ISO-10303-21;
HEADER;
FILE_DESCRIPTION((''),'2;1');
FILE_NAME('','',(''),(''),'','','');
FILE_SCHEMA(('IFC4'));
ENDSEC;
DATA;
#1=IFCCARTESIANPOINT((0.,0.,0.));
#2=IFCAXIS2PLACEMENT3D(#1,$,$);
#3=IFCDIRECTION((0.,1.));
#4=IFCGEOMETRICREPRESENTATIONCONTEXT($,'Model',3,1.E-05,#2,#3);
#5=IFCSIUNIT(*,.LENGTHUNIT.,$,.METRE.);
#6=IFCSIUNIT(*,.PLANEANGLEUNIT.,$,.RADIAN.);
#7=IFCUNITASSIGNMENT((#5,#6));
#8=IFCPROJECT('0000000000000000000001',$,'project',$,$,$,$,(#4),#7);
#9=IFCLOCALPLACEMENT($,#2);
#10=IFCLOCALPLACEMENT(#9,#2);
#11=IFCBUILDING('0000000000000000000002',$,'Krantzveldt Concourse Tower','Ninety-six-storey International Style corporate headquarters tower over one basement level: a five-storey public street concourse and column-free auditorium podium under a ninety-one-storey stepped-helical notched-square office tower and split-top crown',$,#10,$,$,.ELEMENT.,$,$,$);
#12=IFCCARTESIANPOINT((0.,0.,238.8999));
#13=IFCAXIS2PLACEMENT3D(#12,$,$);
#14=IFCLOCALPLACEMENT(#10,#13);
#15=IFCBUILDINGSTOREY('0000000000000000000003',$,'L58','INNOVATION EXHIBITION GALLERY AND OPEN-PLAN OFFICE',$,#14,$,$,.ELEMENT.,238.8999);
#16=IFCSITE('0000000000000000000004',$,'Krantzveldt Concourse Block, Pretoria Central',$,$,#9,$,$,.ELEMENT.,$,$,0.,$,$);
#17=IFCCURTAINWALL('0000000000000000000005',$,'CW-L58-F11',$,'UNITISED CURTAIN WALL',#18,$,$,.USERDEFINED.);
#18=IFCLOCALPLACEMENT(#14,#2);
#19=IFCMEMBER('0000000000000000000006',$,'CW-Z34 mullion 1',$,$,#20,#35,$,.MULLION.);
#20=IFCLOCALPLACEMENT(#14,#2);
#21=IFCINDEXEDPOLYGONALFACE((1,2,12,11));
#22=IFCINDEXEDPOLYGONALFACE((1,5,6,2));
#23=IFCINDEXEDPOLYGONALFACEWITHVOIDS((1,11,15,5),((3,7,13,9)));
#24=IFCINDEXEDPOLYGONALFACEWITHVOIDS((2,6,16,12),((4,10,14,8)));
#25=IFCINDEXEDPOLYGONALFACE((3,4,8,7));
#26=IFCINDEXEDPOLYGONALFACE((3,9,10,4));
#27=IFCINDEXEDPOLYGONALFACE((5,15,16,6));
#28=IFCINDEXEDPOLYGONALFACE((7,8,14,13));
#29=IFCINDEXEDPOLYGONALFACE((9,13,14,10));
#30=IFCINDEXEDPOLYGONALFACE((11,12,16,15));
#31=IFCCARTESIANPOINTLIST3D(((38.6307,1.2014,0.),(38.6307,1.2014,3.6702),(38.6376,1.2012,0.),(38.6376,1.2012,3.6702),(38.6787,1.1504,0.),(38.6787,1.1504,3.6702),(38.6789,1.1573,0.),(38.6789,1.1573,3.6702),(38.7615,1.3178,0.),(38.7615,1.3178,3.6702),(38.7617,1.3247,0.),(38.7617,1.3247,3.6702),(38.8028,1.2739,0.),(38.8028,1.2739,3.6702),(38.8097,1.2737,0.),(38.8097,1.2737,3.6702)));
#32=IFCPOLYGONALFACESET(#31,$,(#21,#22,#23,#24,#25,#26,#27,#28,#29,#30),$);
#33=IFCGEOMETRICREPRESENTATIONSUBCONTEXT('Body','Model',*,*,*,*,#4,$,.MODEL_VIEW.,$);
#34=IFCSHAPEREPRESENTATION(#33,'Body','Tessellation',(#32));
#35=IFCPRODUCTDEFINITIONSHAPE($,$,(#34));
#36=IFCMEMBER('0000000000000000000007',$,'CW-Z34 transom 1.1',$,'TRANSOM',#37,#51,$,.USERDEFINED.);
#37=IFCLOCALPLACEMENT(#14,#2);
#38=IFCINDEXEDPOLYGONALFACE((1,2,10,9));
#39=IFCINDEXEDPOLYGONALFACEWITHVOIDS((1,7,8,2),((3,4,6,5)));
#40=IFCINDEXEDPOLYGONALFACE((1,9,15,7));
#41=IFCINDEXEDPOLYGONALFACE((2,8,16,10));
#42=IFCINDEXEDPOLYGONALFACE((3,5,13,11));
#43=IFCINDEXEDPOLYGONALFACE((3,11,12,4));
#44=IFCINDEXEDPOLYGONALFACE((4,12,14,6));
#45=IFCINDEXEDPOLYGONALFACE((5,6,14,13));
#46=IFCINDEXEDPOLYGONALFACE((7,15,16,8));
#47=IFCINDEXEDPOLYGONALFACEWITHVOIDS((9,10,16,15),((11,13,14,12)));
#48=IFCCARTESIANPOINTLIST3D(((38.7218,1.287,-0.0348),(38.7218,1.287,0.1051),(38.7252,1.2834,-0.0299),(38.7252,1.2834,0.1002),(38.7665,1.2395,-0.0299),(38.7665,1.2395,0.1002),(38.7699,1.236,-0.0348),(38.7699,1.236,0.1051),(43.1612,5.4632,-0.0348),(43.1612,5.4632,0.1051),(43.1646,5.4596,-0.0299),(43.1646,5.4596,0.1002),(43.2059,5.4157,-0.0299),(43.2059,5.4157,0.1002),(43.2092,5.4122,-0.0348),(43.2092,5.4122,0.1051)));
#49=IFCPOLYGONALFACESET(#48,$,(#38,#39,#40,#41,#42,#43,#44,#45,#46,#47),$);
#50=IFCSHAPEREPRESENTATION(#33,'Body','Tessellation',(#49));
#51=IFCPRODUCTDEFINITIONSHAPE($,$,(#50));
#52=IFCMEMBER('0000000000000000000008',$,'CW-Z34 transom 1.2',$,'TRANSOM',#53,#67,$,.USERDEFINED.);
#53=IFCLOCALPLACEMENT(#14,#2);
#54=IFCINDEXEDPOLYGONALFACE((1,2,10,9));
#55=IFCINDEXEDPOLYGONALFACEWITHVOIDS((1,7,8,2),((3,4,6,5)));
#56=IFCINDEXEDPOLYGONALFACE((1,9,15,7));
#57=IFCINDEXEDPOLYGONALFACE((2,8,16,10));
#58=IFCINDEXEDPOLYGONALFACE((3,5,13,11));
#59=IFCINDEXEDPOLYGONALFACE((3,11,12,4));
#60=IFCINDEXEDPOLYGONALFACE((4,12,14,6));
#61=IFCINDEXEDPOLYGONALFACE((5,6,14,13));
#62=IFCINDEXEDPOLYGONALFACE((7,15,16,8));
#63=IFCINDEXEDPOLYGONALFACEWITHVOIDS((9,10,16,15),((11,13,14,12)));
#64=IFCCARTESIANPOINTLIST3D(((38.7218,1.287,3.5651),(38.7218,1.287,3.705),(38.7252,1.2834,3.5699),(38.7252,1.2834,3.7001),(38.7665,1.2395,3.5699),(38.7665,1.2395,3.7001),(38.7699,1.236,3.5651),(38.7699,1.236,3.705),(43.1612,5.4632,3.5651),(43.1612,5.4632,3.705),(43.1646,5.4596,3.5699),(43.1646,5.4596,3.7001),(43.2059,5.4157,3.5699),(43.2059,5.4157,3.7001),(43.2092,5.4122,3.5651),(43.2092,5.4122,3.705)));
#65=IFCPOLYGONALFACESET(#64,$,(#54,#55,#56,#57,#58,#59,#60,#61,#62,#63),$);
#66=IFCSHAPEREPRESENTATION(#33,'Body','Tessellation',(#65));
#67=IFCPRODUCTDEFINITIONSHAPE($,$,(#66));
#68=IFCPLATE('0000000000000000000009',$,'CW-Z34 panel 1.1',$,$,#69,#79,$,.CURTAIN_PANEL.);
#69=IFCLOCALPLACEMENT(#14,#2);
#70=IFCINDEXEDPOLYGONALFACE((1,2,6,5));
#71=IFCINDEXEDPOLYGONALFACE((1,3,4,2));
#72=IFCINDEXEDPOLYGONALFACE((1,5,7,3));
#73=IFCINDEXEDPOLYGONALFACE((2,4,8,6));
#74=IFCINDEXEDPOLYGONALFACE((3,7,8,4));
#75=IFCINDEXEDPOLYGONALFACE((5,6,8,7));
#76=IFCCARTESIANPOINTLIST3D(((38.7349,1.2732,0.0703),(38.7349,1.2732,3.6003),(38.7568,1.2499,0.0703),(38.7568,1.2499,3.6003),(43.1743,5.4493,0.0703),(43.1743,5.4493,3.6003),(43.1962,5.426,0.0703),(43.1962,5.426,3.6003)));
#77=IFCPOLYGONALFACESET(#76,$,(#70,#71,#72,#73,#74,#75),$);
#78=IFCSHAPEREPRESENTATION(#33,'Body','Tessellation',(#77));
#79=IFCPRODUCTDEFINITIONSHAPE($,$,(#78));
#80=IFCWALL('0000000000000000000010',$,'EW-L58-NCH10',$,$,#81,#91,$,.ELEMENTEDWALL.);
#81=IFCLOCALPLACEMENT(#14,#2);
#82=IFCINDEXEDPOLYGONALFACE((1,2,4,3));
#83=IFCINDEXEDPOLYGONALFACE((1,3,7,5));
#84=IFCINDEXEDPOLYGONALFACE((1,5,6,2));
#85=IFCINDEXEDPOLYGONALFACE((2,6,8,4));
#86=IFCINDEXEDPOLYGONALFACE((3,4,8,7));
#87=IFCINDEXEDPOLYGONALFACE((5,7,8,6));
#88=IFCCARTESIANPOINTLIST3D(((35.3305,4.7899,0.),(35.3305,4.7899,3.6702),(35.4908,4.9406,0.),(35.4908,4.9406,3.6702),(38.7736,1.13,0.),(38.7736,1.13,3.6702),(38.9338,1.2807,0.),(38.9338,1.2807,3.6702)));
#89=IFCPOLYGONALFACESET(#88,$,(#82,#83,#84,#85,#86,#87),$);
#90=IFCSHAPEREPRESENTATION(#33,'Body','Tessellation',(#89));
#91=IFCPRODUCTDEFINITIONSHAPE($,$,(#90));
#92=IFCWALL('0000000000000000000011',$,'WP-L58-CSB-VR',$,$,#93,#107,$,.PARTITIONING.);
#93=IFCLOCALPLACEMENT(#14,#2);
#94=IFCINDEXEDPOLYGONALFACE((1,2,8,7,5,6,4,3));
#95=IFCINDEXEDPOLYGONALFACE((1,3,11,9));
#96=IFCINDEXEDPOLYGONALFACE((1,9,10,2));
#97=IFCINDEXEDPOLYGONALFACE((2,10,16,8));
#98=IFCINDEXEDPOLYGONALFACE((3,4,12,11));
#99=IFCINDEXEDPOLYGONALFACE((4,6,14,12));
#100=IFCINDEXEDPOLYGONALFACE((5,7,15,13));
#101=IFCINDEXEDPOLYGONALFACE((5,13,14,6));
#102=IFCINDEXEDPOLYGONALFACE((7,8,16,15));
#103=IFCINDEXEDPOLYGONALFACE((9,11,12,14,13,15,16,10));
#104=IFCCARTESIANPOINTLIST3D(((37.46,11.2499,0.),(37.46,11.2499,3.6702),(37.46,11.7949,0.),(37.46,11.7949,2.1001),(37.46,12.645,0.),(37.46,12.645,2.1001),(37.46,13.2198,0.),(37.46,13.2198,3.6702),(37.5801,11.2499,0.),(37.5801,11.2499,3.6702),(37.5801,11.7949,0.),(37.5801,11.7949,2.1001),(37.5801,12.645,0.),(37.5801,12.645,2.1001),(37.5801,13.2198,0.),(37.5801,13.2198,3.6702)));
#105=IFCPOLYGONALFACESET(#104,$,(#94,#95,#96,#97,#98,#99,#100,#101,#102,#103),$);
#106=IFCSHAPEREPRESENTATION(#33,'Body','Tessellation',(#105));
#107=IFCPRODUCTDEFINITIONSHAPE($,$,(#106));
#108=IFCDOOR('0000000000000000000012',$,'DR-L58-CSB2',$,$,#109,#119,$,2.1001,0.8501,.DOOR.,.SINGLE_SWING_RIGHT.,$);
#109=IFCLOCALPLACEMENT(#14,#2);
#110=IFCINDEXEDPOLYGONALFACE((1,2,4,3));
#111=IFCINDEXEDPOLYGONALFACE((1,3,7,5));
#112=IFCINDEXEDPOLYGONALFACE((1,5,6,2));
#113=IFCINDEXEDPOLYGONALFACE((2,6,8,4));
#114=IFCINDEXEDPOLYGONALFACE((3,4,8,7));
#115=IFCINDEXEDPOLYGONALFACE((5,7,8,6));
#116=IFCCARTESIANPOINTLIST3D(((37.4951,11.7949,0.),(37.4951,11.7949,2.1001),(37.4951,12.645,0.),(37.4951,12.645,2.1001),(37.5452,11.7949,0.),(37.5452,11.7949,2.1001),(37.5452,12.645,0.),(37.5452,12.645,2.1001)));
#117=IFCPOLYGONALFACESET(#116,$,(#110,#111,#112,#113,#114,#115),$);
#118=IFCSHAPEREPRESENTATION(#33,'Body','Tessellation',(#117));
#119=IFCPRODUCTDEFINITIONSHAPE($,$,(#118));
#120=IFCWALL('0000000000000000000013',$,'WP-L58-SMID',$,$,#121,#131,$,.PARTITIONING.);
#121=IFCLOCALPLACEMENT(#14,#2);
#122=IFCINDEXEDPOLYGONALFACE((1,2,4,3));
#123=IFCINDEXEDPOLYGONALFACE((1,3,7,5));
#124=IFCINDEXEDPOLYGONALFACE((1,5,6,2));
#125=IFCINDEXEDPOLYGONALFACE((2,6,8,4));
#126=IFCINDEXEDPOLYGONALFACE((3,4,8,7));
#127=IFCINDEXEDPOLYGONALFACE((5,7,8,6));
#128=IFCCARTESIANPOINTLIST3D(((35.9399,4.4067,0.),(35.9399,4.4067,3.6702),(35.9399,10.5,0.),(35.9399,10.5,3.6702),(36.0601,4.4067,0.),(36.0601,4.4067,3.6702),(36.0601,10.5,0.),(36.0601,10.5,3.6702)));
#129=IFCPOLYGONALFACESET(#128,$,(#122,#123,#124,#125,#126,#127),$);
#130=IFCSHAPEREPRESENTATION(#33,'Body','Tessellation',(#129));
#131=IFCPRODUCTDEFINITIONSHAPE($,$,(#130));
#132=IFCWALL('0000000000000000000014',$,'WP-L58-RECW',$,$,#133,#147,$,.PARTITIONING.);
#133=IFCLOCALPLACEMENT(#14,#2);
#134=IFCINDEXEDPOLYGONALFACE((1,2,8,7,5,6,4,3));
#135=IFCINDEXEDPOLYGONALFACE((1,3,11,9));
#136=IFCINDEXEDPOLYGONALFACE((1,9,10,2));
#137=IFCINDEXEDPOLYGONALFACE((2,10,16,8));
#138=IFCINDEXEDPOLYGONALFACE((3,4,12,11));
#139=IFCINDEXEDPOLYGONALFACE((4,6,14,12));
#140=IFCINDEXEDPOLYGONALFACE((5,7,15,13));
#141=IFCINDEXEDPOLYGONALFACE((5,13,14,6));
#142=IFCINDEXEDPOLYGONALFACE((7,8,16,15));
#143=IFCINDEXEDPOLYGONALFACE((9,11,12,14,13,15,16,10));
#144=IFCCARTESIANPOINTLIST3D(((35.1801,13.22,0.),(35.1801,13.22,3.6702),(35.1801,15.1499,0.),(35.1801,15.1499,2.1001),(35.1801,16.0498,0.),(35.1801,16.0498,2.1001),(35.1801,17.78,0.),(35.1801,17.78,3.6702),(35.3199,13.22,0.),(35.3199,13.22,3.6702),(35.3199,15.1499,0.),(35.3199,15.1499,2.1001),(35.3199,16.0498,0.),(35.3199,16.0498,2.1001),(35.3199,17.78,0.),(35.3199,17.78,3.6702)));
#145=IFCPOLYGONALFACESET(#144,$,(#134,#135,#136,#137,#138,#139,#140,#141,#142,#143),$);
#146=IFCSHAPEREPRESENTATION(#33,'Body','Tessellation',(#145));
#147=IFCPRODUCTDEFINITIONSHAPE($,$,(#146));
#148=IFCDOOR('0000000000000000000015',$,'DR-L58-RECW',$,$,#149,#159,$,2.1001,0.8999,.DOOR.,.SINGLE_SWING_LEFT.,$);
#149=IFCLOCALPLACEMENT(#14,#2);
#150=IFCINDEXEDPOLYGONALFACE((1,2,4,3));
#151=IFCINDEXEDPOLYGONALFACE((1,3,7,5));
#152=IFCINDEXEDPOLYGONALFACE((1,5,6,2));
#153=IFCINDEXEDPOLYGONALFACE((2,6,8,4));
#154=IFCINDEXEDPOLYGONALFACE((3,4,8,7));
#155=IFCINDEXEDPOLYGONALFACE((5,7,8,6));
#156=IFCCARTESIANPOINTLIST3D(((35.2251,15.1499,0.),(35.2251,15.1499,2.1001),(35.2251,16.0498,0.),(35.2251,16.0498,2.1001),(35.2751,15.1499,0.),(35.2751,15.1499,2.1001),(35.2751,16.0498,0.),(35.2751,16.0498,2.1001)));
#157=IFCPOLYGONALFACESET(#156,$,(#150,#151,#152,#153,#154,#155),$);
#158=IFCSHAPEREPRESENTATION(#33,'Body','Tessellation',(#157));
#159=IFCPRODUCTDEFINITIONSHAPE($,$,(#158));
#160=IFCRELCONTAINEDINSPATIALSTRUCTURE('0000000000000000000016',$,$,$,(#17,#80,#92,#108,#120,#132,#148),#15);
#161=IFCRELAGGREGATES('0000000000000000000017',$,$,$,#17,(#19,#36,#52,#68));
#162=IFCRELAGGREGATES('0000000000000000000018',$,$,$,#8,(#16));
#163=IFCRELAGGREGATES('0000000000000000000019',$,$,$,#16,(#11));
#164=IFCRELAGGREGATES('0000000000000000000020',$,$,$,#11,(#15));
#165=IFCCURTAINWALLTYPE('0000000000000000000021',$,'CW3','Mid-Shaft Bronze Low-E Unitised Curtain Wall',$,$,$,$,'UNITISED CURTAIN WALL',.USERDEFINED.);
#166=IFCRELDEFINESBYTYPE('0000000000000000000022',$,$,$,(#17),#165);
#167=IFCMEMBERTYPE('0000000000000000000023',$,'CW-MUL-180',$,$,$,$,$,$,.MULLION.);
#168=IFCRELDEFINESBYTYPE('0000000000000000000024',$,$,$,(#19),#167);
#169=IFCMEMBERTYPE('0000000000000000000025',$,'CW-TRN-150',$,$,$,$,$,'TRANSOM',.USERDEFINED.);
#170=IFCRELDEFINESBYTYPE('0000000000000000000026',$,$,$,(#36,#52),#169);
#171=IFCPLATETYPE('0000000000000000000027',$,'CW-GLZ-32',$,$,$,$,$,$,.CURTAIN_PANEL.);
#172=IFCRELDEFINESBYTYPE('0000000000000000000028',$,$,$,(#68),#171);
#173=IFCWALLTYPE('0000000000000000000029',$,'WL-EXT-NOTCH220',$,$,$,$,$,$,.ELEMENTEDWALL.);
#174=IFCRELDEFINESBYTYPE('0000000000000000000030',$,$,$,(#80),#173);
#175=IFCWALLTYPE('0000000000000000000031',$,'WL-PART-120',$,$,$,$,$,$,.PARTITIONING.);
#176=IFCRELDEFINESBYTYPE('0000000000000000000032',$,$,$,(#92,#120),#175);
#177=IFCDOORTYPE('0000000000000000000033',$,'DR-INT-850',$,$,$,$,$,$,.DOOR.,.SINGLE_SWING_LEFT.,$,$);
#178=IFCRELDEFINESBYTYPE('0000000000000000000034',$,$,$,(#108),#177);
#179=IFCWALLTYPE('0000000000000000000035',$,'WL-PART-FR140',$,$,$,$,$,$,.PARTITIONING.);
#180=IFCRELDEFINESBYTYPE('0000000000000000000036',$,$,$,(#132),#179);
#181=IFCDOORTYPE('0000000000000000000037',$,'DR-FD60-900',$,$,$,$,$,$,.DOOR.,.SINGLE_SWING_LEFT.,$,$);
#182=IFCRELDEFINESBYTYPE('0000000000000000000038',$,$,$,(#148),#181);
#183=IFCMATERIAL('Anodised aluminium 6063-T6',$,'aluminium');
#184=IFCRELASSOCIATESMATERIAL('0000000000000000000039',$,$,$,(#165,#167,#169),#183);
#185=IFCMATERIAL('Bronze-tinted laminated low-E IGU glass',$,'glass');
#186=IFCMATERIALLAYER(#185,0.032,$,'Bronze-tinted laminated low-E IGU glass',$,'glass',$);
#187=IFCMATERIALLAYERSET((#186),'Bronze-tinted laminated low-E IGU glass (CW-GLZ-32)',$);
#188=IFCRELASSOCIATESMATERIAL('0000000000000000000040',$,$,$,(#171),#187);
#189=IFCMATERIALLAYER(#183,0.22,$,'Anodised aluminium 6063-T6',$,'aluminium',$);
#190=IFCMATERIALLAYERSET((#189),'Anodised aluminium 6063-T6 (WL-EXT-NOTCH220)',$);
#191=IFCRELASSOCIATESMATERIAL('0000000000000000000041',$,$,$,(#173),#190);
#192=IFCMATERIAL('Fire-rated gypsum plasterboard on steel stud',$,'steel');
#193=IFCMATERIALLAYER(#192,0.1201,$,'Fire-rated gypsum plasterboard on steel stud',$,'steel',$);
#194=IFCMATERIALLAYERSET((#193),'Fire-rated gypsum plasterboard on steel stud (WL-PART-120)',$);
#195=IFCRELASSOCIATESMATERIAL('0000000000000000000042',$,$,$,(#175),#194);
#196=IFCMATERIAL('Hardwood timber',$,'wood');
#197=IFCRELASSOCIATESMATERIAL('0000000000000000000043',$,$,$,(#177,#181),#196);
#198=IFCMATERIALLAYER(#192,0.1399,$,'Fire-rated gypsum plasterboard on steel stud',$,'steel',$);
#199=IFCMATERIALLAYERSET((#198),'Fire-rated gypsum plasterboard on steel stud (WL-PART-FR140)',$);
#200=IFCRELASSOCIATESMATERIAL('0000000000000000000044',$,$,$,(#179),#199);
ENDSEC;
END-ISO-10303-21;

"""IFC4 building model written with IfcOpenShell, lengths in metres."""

from ifc_helpers import new_model, si_unit, direction, frame, frame_2d, origin, origin_2d, place, context, subcontext, project, spatial, rectangle, hollow_rectangle, extrude, source, transform, mapped, material, layer, layer_set, material_profile, profile_set, type_object, type_shapes, element, fill, aggregate, save


model = new_model("IFC4")

# Units and contexts
model_context = context("Model", 3, precision=1e-05, world=origin(), true_north=direction((0.0, 1.0)))
body_context = subcontext(model_context, "Body", "Model", "MODEL_VIEW")
ifc_project = project(units=[si_unit("LENGTHUNIT", "METRE"), si_unit("PLANEANGLEUNIT", "RADIAN")], contexts=[model_context])

# Site, building, storey
site_placement = place(None, origin())
site = spatial("IfcSite", under=ifc_project, at=site_placement, Name="Krantzveldt Concourse Block, Pretoria Central", CompositionType="ELEMENT", RefElevation=0.0)
building_placement = place(site_placement, origin())
building = spatial("IfcBuilding", under=site, at=building_placement, Name="Krantzveldt Concourse Tower", Description="Ninety-six-storey International Style corporate headquarters tower over one basement level: a five-storey public street concourse and column-free auditorium podium under a ninety-one-storey stepped-helical notched-square office tower and split-top crown", CompositionType="ELEMENT")
storey_placement = place(building_placement, frame((0.0, 0.0, 238.8999)))
storey = spatial("IfcBuildingStorey", under=building, at=storey_placement, Name="L58", Description="INNOVATION EXHIBITION GALLERY AND OPEN-PLAN OFFICE", CompositionType="ELEMENT", Elevation=238.8999)

# Curtain wall, members, plate
ifc_material_1 = material(Name="Anodised aluminium 6063-T6", Category="aluminium")
curtain_wall_type = type_object("IfcCurtainWallType", Name="CW3", Description="Mid-Shaft Bronze Low-E Unitised Curtain Wall", ElementType="UNITISED CURTAIN WALL", PredefinedType="USERDEFINED", material=ifc_material_1)
curtain_wall_placement = place(storey_placement, origin())
curtain_wall = element("IfcCurtainWall", 1, at=curtain_wall_placement, inside=storey, type_object=curtain_wall_type, Name="CW-L58-F11", ObjectType="UNITISED CURTAIN WALL", PredefinedType="USERDEFINED")
ifc_material_profile_1 = material_profile(ifc_material_1, hollow_rectangle(XDim=0.0701, YDim=0.1799, WallThickness=0.0049, at=origin_2d()), Name="Anodised aluminium 6063-T6", Category="aluminium")
ifc_profile_set_1 = profile_set([ifc_material_profile_1], Name="Anodised aluminium 6063-T6 - ALU-MULL 180x70x5")
member_type_1 = type_object("IfcMemberType", Name="CW-MUL-180", PredefinedType="MULLION", material=ifc_profile_set_1)
shared_shape_1 = source(origin(), body_context, "Body", "SweptSolid", [
    extrude(hollow_rectangle(XDim=0.0701, YDim=0.1799, WallThickness=0.0049, at=origin_2d()), origin(), (0.0, 0.0, 1.0), 3.6702),
])
type_shapes(member_type_1, [shared_shape_1])
member_1_placement = place(storey_placement, frame((38.7202, 1.2375, 0.0), z_axis=(0.0, 0.0, 1.0), x_axis=(-0.685183, 0.728371, 0.0)))
member_1 = element("IfcMember", 2, at=member_1_placement, type_object=member_type_1, Name="CW-Z34 mullion 1", PredefinedType="MULLION", context=body_context, shape_type="MappedRepresentation", body=[
    mapped(shared_shape_1, transform((0.0, 0.0, 0.0), x_axis=(1.0, 0.0, 0.0), y_axis=(0.0, 1.0, 0.0), z_axis=(0.0, 0.0, 1.0), scale=1.0)),
])
ifc_material_profile_2 = material_profile(ifc_material_1, hollow_rectangle(XDim=0.0701, YDim=0.1399, WallThickness=0.0049, at=origin_2d()), Name="Anodised aluminium 6063-T6", Category="aluminium")
ifc_profile_set_2 = profile_set([ifc_material_profile_2], Name="Anodised aluminium 6063-T6 - ALU-TRAN 140x70x5")
member_type_2 = type_object("IfcMemberType", Name="CW-TRN-150", ElementType="TRANSOM", PredefinedType="USERDEFINED", material=ifc_profile_set_2)
shared_shape_2 = source(origin(), body_context, "Body", "SweptSolid", [
    extrude(hollow_rectangle(XDim=0.0701, YDim=0.1399, WallThickness=0.0049, at=origin_2d()), origin(), (0.0, 0.0, 1.0), 6.095),
])
type_shapes(member_type_2, [shared_shape_2])
member_2_placement = place(storey_placement, frame((38.7458, 1.2615, 0.0352), z_axis=(0.728367, 0.685187, 0.0), x_axis=(-0.685187, 0.728367, 0.0)))
member_2 = element("IfcMember", 3, at=member_2_placement, type_object=member_type_2, Name="CW-Z34 transom 1.1", ObjectType="TRANSOM", PredefinedType="USERDEFINED", context=body_context, shape_type="MappedRepresentation", body=[
    mapped(shared_shape_2, transform((0.0, 0.0, 0.0), x_axis=(1.0, 0.0, 0.0), y_axis=(0.0, 1.0, 0.0), z_axis=(0.0, 0.0, 1.0), scale=1.0)),
])
member_3_placement = place(storey_placement, frame((38.7458, 1.2615, 3.635), z_axis=(0.728367, 0.685187, 0.0), x_axis=(-0.685187, 0.728367, 0.0)))
member_3 = element("IfcMember", 4, at=member_3_placement, type_object=member_type_2, Name="CW-Z34 transom 1.2", ObjectType="TRANSOM", PredefinedType="USERDEFINED", context=body_context, shape_type="MappedRepresentation", body=[
    mapped(shared_shape_2, transform((0.0, 0.0, 0.0), x_axis=(1.0, 0.0, 0.0), y_axis=(0.0, 1.0, 0.0), z_axis=(0.0, 0.0, 1.0), scale=1.0)),
])
ifc_material_2 = material(Name="Bronze-tinted laminated low-E IGU glass", Category="glass")
ifc_layer_1 = layer(ifc_material_2, 0.032, Name="Bronze-tinted laminated low-E IGU glass", Category="glass")
ifc_layer_set_1 = layer_set([ifc_layer_1], Name="Bronze-tinted laminated low-E IGU glass (CW-GLZ-32)")
plate_type = type_object("IfcPlateType", Name="CW-GLZ-32", PredefinedType="CURTAIN_PANEL", material=ifc_layer_set_1)
shared_shape_3 = source(origin(), body_context, "Body", "SweptSolid", [
    extrude(rectangle(XDim=6.095, YDim=0.032, at=origin_2d()), origin(), (0.0, 0.0, 1.0), 3.53),
])
type_shapes(plate_type, [shared_shape_3])
plate_placement = place(storey_placement, frame((40.9656, 3.3496, 0.0703), z_axis=(0.0, 0.0, 1.0), x_axis=(0.728371, 0.685183, 0.0)))
plate = element("IfcPlate", 5, at=plate_placement, type_object=plate_type, Name="CW-Z34 panel 1.1", PredefinedType="CURTAIN_PANEL", context=body_context, shape_type="MappedRepresentation", body=[
    mapped(shared_shape_3, transform((0.0, 0.0, 0.0), x_axis=(1.0, 0.0, 0.0), y_axis=(0.0, 1.0, 0.0), z_axis=(0.0, 0.0, 1.0), scale=1.0)),
])
aggregate(curtain_wall, [member_1, member_2, member_3, plate])

# Wall
ifc_layer_2 = layer(ifc_material_1, 0.22, Name="Anodised aluminium 6063-T6", Category="aluminium")
ifc_layer_set_2 = layer_set([ifc_layer_2], Name="Anodised aluminium 6063-T6 (WL-EXT-NOTCH220)")
wall_type_1 = type_object("IfcWallType", Name="WL-EXT-NOTCH220", PredefinedType="ELEMENTEDWALL", material=ifc_layer_set_2)
wall_1_placement = place(storey_placement, frame((35.4106, 4.8652, 0.0), z_axis=(0.0, 0.0, 1.0), x_axis=(0.685206, -0.72835, 0.0)))
element("IfcWall", 6, at=wall_1_placement, inside=storey, type_object=wall_type_1, Name="EW-L58-NCH10", PredefinedType="ELEMENTEDWALL", context=body_context, shape_type="SweptSolid", body=[
    extrude(rectangle(XDim=5.0249, YDim=0.22, at=frame_2d((2.5125, 0.0))), origin(), (0.0, 0.0, 1.0), 3.6702),
])

# Wall, opening, door
ifc_material_3 = material(Name="Fire-rated gypsum plasterboard on steel stud", Category="steel")
ifc_layer_3 = layer(ifc_material_3, 0.1201, Name="Fire-rated gypsum plasterboard on steel stud", Category="steel")
ifc_layer_set_3 = layer_set([ifc_layer_3], Name="Fire-rated gypsum plasterboard on steel stud (WL-PART-120)")
wall_type_2 = type_object("IfcWallType", Name="WL-PART-120", PredefinedType="PARTITIONING", material=ifc_layer_set_3)
wall_2_placement = place(storey_placement, frame((37.52, 11.25, 0.0), z_axis=(0.0, 0.0, 1.0), x_axis=(0.0, 1.0, 0.0)))
wall_2 = element("IfcWall", 7, at=wall_2_placement, inside=storey, type_object=wall_type_2, Name="WP-L58-CSB-VR", PredefinedType="PARTITIONING", context=body_context, shape_type="SweptSolid", body=[
    extrude(rectangle(XDim=1.97, YDim=0.1201, at=frame_2d((0.9849, 0.0))), origin(), (0.0, 0.0, 1.0), 3.6702),
])
opening_1_placement = place(wall_2_placement, frame((0.5449, 0.0, 0.0)))
opening_1 = element("IfcOpeningElement", 8, at=opening_1_placement, cuts=wall_2, PredefinedType="OPENING", context=body_context, shape_type="SweptSolid", body=[
    extrude(rectangle(XDim=0.8501, YDim=2.1001, at=frame_2d((0.425, 1.05))), frame((0.0, 0.0701, 0.0), z_axis=(0.0, -1.0, 0.0), x_axis=(1.0, 0.0, 0.0)), (0.0, 0.0, 1.0), 0.1401),
])
ifc_material_4 = material(Name="Hardwood timber", Category="wood")
door_type_1 = type_object("IfcDoorType", Name="DR-INT-850", OperationType="SINGLE_SWING_LEFT", PredefinedType="DOOR", material=ifc_material_4)
door_1_placement = place(opening_1_placement, origin())
door_1 = element("IfcDoor", 9, at=door_1_placement, inside=storey, type_object=door_type_1, Name="DR-L58-CSB2", OperationType="SINGLE_SWING_RIGHT", OverallHeight=2.1001, OverallWidth=0.8501, PredefinedType="DOOR", context=body_context, shape_type="SweptSolid", body=[
    extrude(rectangle(XDim=0.8501, YDim=2.1001, at=frame_2d((0.425, 1.05))), frame((0.0, 0.0249, 0.0), z_axis=(0.0, -1.0, 0.0), x_axis=(1.0, 0.0, 0.0)), (0.0, 0.0, 1.0), 0.05),
])
fill(opening_1, door_1)

# Wall
wall_3_placement = place(storey_placement, frame((36.0, 4.4067, 0.0), z_axis=(0.0, 0.0, 1.0), x_axis=(0.0, 1.0, 0.0)))
element("IfcWall", 10, at=wall_3_placement, inside=storey, type_object=wall_type_2, Name="WP-L58-SMID", PredefinedType="PARTITIONING", context=body_context, shape_type="SweptSolid", body=[
    extrude(rectangle(XDim=6.0933, YDim=0.1201, at=frame_2d((3.0466, 0.0))), origin(), (0.0, 0.0, 1.0), 3.6702),
])

# Wall, opening, door
ifc_layer_4 = layer(ifc_material_3, 0.1399, Name="Fire-rated gypsum plasterboard on steel stud", Category="steel")
ifc_layer_set_4 = layer_set([ifc_layer_4], Name="Fire-rated gypsum plasterboard on steel stud (WL-PART-FR140)")
wall_type_3 = type_object("IfcWallType", Name="WL-PART-FR140", PredefinedType="PARTITIONING", material=ifc_layer_set_4)
wall_4_placement = place(storey_placement, frame((35.25, 13.22, 0.0), z_axis=(0.0, 0.0, 1.0), x_axis=(0.0, 1.0, 0.0)))
wall_4 = element("IfcWall", 11, at=wall_4_placement, inside=storey, type_object=wall_type_3, Name="WP-L58-RECW", PredefinedType="PARTITIONING", context=body_context, shape_type="SweptSolid", body=[
    extrude(rectangle(XDim=4.5601, YDim=0.1399, at=frame_2d((2.28, 0.0))), origin(), (0.0, 0.0, 1.0), 3.6702),
])
opening_2_placement = place(wall_4_placement, frame((1.9299, 0.0, 0.0)))
opening_2 = element("IfcOpeningElement", 12, at=opening_2_placement, cuts=wall_4, PredefinedType="OPENING", context=body_context, shape_type="SweptSolid", body=[
    extrude(rectangle(XDim=0.8999, YDim=2.1001, at=frame_2d((0.45, 1.05))), frame((0.0, 0.0801, 0.0), z_axis=(0.0, -1.0, 0.0), x_axis=(1.0, 0.0, 0.0)), (0.0, 0.0, 1.0), 0.1599),
])
door_type_2 = type_object("IfcDoorType", Name="DR-FD60-900", OperationType="SINGLE_SWING_LEFT", PredefinedType="DOOR", material=ifc_material_4)
door_2_placement = place(opening_2_placement, origin())
door_2 = element("IfcDoor", 13, at=door_2_placement, inside=storey, type_object=door_type_2, Name="DR-L58-RECW", OperationType="SINGLE_SWING_LEFT", OverallHeight=2.1001, OverallWidth=0.8999, PredefinedType="DOOR", context=body_context, shape_type="SweptSolid", body=[
    extrude(rectangle(XDim=0.8999, YDim=2.1001, at=frame_2d((0.45, 1.05))), frame((0.0, 0.0249, 0.0), z_axis=(0.0, -1.0, 0.0), x_axis=(1.0, 0.0, 0.0)), (0.0, 0.0, 1.0), 0.05),
])
fill(opening_2, door_2)

save(model, "model.ifc")
